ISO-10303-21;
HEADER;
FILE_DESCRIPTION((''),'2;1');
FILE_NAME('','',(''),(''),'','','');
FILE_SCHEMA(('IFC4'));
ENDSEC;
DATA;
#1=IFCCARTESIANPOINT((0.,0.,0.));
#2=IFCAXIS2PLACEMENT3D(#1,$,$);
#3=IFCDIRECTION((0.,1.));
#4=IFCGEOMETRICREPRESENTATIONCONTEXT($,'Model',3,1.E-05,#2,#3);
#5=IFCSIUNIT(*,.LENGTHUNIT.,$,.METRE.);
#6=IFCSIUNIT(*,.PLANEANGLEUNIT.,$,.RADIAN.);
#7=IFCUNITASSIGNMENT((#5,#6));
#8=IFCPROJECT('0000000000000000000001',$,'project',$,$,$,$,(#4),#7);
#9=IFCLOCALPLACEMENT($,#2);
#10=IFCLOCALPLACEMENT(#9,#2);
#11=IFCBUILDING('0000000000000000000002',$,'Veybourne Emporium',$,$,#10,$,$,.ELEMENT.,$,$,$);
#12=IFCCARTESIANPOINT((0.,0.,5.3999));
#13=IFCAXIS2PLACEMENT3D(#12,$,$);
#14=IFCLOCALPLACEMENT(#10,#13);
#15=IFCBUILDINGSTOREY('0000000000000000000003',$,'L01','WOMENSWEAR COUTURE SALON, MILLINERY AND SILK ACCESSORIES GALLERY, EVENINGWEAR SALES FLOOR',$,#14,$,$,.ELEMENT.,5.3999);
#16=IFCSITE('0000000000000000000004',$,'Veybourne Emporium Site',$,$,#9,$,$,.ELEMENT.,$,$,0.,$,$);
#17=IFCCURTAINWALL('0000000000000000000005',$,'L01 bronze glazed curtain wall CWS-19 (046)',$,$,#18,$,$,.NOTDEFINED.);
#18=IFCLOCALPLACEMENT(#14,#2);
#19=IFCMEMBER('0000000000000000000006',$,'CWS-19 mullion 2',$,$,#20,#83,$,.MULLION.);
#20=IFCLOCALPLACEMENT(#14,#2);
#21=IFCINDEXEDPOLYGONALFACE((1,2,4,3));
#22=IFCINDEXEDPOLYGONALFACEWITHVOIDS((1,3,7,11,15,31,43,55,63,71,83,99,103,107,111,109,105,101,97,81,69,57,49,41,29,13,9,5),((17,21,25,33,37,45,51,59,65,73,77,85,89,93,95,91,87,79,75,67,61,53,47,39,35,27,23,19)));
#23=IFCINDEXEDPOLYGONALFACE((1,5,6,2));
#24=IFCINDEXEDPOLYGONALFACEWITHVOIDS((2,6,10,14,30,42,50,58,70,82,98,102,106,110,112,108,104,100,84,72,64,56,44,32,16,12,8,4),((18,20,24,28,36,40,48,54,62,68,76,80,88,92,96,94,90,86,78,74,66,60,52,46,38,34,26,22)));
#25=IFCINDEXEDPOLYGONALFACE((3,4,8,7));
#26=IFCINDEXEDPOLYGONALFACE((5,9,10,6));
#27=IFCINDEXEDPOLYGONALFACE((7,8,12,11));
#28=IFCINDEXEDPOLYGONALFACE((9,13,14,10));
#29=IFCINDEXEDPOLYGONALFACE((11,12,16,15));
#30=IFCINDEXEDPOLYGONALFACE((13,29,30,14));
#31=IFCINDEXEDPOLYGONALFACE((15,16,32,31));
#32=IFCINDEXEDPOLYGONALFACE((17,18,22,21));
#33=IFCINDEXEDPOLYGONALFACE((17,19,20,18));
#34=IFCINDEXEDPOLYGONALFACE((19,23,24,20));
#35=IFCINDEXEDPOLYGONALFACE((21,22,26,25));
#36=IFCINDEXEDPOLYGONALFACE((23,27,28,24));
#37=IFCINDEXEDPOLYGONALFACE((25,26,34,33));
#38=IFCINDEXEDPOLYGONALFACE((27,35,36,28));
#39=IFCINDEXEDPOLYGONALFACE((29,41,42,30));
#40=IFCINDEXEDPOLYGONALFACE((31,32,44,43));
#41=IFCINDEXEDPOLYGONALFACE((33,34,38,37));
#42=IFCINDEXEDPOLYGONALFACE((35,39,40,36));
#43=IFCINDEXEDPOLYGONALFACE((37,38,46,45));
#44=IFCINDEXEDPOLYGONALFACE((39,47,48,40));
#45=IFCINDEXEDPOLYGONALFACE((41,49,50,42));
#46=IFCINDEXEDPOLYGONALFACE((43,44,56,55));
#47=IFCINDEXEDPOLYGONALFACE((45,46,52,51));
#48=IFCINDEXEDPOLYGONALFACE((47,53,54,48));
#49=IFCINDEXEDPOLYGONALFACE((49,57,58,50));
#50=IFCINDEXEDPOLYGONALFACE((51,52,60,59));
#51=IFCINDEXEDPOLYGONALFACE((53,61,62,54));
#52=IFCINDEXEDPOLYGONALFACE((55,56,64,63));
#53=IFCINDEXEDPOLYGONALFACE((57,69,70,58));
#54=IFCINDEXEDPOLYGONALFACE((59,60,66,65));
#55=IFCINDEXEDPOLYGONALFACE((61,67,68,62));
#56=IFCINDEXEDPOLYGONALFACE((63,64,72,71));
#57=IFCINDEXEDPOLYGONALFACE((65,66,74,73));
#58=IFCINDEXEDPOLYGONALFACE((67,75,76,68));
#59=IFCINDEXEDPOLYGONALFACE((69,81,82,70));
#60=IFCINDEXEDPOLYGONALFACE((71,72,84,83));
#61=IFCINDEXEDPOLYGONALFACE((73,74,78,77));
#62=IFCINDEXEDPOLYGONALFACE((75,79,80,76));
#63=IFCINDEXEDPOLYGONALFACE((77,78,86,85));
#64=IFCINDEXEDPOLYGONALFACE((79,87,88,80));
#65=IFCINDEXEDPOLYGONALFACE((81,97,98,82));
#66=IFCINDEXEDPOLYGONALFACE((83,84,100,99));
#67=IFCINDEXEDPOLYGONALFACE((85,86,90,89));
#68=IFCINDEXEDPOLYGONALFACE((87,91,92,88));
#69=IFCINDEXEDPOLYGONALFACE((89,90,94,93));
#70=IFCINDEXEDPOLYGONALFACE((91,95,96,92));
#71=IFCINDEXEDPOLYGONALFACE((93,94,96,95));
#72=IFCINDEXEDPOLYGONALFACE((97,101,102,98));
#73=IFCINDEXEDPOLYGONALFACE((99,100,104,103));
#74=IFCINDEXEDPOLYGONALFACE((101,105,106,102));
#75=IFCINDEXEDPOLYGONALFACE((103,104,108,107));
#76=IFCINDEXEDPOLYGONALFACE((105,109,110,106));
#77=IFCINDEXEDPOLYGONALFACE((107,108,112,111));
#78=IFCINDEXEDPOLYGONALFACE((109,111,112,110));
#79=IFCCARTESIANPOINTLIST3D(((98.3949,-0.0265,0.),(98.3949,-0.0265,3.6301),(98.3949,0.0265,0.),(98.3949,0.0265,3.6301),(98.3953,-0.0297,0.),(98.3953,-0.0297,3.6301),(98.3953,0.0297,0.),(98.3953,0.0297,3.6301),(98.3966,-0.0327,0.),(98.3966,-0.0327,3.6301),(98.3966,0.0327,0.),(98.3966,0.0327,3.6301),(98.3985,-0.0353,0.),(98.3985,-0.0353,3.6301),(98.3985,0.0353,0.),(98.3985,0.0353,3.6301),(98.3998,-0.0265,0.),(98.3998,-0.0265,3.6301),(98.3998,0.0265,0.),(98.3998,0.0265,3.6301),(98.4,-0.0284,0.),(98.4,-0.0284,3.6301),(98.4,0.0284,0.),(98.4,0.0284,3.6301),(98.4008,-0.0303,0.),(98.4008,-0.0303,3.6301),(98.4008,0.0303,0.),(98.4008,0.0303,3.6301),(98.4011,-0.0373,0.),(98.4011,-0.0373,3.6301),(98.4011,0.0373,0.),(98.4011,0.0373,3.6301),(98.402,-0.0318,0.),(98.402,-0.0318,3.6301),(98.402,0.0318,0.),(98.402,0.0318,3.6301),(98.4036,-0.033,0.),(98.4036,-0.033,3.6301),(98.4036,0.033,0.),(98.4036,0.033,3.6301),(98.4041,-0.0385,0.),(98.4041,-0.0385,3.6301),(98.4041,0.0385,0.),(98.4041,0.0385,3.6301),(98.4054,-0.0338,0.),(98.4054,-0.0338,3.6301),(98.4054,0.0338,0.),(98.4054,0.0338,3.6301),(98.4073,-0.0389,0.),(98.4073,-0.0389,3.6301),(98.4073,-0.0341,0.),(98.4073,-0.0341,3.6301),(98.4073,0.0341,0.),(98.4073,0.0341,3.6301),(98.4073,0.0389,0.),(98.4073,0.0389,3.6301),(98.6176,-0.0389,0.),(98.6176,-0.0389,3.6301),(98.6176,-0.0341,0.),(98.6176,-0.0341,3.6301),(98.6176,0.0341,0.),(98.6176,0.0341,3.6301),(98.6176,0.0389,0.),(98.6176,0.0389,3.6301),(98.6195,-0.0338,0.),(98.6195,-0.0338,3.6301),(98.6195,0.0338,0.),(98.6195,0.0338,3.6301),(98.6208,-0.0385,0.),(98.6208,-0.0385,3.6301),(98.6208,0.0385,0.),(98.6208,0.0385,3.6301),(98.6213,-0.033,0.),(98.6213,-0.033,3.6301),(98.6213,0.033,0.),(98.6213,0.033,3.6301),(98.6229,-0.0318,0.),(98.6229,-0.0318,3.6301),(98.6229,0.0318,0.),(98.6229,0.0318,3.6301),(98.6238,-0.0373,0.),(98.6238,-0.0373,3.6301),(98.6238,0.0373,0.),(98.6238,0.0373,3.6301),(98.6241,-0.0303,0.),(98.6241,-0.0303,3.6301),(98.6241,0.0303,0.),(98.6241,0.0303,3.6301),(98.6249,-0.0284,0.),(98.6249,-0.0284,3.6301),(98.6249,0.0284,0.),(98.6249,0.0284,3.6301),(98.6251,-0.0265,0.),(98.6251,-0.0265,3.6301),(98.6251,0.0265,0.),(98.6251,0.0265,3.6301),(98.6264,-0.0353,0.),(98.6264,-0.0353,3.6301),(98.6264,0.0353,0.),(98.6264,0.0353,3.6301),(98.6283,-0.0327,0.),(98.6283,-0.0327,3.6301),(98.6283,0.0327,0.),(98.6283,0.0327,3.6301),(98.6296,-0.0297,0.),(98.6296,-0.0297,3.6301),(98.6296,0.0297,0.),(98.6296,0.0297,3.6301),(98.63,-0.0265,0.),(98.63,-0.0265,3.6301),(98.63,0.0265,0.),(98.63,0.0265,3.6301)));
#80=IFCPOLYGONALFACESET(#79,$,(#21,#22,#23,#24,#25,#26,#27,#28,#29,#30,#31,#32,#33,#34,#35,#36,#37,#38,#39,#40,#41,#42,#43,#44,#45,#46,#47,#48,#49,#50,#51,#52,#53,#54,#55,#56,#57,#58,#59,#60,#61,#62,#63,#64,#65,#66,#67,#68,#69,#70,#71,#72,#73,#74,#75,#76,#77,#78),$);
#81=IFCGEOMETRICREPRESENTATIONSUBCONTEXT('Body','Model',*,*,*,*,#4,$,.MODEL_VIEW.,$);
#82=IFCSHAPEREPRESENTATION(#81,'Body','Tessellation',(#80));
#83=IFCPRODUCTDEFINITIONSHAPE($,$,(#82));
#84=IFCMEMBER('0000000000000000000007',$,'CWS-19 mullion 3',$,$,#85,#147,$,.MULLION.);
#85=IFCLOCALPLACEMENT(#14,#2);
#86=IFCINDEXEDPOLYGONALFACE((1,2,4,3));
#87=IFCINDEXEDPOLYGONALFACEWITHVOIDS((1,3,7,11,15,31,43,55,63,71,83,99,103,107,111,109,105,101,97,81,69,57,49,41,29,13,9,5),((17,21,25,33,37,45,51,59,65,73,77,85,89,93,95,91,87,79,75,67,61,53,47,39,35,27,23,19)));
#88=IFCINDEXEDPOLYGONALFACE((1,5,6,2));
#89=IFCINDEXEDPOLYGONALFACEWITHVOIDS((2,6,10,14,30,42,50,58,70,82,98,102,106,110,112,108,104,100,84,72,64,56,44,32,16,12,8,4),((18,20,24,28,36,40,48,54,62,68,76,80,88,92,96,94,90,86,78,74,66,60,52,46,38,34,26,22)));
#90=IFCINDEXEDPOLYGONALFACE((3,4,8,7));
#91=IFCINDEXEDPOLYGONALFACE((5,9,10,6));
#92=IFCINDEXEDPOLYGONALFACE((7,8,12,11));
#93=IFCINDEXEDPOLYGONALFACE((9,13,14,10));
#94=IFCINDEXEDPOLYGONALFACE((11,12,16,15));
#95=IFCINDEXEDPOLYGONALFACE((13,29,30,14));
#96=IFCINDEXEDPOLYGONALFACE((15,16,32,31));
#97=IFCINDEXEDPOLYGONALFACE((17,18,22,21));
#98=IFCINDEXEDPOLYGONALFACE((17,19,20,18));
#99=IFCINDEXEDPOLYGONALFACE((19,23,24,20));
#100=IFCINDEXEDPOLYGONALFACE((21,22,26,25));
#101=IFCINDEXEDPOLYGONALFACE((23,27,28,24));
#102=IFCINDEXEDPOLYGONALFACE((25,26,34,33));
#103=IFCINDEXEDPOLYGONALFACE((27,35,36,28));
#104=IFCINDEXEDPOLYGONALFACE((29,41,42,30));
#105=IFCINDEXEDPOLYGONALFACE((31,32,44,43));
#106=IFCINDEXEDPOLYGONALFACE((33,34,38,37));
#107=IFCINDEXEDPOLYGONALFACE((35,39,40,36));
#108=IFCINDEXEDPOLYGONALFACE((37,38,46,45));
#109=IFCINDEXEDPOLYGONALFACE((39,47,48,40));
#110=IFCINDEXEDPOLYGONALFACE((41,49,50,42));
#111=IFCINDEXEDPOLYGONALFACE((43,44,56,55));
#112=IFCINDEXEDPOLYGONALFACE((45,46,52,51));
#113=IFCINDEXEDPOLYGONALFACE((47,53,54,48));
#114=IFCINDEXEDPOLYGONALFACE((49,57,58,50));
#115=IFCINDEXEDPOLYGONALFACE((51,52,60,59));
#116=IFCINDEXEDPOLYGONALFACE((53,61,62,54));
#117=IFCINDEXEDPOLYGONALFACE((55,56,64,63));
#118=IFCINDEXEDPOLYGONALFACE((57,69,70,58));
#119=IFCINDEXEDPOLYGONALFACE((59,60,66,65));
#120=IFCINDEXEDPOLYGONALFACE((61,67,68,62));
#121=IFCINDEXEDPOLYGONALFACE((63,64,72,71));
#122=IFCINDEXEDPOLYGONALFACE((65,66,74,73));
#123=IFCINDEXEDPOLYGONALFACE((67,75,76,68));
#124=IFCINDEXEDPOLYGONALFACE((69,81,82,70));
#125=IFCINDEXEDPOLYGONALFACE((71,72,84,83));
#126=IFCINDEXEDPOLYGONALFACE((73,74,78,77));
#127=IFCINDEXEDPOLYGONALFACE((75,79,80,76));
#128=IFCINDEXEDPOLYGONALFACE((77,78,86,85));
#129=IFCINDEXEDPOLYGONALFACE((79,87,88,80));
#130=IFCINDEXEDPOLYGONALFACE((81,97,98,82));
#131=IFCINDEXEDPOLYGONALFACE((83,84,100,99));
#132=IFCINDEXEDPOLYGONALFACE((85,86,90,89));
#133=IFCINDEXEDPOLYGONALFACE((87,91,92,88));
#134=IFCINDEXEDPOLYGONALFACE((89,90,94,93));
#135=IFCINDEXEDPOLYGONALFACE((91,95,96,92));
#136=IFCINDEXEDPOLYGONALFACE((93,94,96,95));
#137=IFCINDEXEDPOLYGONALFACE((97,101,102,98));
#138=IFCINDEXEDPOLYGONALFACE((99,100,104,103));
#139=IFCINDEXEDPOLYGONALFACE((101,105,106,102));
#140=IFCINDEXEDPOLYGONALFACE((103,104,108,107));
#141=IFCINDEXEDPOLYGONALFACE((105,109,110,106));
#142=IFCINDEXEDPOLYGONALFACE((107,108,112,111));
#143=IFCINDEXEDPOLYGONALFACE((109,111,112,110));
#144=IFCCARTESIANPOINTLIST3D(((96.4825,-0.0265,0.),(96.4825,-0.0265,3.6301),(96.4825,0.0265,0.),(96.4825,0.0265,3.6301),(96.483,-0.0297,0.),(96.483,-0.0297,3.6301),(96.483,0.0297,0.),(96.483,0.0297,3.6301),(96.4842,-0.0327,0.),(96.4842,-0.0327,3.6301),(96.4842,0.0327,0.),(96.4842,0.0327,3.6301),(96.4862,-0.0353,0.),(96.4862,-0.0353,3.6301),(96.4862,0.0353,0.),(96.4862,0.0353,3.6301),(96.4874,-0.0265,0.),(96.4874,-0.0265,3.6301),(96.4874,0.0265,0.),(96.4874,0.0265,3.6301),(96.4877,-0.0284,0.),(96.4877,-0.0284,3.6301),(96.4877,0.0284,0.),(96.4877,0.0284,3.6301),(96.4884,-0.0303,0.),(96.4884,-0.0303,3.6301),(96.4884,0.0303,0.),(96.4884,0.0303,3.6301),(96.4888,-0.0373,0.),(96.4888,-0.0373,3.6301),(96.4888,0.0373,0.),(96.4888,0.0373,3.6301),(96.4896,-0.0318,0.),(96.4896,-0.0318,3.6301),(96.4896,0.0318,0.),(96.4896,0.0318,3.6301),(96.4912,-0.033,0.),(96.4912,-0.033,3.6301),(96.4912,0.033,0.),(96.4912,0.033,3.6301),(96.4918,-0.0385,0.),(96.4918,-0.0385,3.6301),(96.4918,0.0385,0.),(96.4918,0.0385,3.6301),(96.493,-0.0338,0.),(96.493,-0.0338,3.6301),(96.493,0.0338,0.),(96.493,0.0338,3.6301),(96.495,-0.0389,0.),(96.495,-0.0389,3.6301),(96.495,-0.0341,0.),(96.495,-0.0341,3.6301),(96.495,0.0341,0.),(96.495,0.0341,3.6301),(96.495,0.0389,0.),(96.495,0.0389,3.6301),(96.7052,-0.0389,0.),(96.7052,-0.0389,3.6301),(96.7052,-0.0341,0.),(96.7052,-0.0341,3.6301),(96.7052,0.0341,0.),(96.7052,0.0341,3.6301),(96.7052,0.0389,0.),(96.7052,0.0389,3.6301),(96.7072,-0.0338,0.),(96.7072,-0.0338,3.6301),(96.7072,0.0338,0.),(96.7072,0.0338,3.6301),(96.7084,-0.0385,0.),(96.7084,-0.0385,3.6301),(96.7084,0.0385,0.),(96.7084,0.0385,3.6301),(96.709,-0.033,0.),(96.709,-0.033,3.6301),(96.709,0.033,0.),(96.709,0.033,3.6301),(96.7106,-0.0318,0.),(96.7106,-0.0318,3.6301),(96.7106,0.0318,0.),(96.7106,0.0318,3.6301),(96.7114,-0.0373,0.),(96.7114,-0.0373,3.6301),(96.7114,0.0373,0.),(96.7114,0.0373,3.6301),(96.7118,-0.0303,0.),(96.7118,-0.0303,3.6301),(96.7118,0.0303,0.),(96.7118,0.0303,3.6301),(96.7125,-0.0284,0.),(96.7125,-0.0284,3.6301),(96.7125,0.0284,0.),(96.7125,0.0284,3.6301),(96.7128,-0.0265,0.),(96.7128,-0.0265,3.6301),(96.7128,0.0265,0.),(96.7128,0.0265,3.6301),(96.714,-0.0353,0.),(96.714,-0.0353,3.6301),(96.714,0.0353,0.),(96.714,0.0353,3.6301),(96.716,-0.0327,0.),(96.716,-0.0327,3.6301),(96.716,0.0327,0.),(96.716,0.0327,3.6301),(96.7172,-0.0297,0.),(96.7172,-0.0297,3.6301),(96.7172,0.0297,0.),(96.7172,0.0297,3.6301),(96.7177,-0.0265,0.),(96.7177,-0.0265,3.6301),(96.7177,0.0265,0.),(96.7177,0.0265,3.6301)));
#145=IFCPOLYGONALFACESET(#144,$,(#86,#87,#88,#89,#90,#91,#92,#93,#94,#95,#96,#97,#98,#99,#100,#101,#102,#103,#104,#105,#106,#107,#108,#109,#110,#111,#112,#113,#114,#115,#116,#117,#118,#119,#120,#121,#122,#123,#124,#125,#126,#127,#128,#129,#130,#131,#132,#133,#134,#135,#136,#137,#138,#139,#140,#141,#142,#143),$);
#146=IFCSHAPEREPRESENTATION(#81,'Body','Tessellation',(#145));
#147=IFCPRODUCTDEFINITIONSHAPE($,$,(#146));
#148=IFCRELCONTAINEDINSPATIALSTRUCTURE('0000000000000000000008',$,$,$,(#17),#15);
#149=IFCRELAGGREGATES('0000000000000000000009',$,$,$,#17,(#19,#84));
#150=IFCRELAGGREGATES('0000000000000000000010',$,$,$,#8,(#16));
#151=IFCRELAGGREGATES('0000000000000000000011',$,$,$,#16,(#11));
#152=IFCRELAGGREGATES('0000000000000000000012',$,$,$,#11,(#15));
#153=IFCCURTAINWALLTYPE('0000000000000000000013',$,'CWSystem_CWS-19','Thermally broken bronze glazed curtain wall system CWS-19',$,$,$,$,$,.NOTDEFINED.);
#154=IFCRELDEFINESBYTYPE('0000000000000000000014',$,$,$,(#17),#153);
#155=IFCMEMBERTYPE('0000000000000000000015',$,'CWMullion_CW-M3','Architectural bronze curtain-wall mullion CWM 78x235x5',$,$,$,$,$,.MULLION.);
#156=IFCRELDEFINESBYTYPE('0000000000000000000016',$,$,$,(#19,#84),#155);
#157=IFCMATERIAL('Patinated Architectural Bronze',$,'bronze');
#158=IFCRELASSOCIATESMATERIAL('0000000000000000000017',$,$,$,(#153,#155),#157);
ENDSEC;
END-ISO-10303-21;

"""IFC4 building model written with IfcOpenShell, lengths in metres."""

from ifc_helpers import new_model, si_unit, direction, frame, origin, origin_2d, place, context, subcontext, project, spatial, hollow_rectangle, extrude, material, material_profile, profile_set, type_object, element, aggregate, save


model = new_model("IFC4")

# Units and contexts
model_context = context("Model", 3, precision=1e-05, world=origin(), true_north=direction((0.0, 1.0)))
body_context = subcontext(model_context, "Body", "Model", "MODEL_VIEW")
ifc_project = project(units=[si_unit("LENGTHUNIT", "METRE"), si_unit("PLANEANGLEUNIT", "RADIAN")], contexts=[model_context])

# Site, building, storey
site_placement = place(None, origin())
site = spatial("IfcSite", under=ifc_project, at=site_placement, Name="Veybourne Emporium Site", CompositionType="ELEMENT", RefElevation=0.0)
building_placement = place(site_placement, origin())
building = spatial("IfcBuilding", under=site, at=building_placement, Name="Veybourne Emporium", CompositionType="ELEMENT")
storey_placement = place(building_placement, frame((0.0, 0.0, 5.3999)))
storey = spatial("IfcBuildingStorey", under=building, at=storey_placement, Name="L01", Description="WOMENSWEAR COUTURE SALON, MILLINERY AND SILK ACCESSORIES GALLERY, EVENINGWEAR SALES FLOOR", CompositionType="ELEMENT", Elevation=5.3999)

# Curtain wall, members
ifc_material_1 = material(Name="Patinated Architectural Bronze", Category="bronze")
curtain_wall_type = type_object("IfcCurtainWallType", Name="CWSystem_CWS-19", Description="Thermally broken bronze glazed curtain wall system CWS-19", PredefinedType="NOTDEFINED", material=ifc_material_1)
curtain_wall_placement = place(storey_placement, origin())
curtain_wall = element("IfcCurtainWall", 1, at=curtain_wall_placement, inside=storey, type_object=curtain_wall_type, Name="L01 bronze glazed curtain wall CWS-19 (046)", PredefinedType="NOTDEFINED")
ifc_material_profile_1 = material_profile(ifc_material_1, hollow_rectangle(XDim=0.0779, YDim=0.2351, WallThickness=0.0049, InnerFilletRadius=0.0076, OuterFilletRadius=0.0125, at=origin_2d()), Name="CWM 78x235x5")
ifc_profile_set_1 = profile_set([ifc_material_profile_1], Name="Patinated Architectural Bronze")
member_type_1 = type_object("IfcMemberType", Name="CWMullion_CW-M3", Description="Architectural bronze curtain-wall mullion CWM 78x235x5", PredefinedType="MULLION", material=ifc_profile_set_1)
member_1_placement = place(storey_placement, frame((98.5125, 0.0, 0.0), z_axis=(0.0, 0.0, 1.0), x_axis=(0.0, -1.0, 0.0)))
member_1 = element("IfcMember", 2, at=member_1_placement, type_object=member_type_1, Name="CWS-19 mullion 2", PredefinedType="MULLION", context=body_context, shape_type="SweptSolid", body=[
    extrude(hollow_rectangle(XDim=0.0779, YDim=0.2351, WallThickness=0.0049, InnerFilletRadius=0.0076, OuterFilletRadius=0.0125, at=origin_2d()), origin(), (0.0, 0.0, 1.0), 3.6301),
])
member_2_placement = place(storey_placement, frame((96.6001, 0.0, 0.0), z_axis=(0.0, 0.0, 1.0), x_axis=(0.0, -1.0, 0.0)))
member_2 = element("IfcMember", 3, at=member_2_placement, type_object=member_type_1, Name="CWS-19 mullion 3", PredefinedType="MULLION", context=body_context, shape_type="SweptSolid", body=[
    extrude(hollow_rectangle(XDim=0.0779, YDim=0.2351, WallThickness=0.0049, InnerFilletRadius=0.0076, OuterFilletRadius=0.0125, at=origin_2d()), origin(), (0.0, 0.0, 1.0), 3.6301),
])
aggregate(curtain_wall, [member_1, member_2])

save(model, "model.ifc")
